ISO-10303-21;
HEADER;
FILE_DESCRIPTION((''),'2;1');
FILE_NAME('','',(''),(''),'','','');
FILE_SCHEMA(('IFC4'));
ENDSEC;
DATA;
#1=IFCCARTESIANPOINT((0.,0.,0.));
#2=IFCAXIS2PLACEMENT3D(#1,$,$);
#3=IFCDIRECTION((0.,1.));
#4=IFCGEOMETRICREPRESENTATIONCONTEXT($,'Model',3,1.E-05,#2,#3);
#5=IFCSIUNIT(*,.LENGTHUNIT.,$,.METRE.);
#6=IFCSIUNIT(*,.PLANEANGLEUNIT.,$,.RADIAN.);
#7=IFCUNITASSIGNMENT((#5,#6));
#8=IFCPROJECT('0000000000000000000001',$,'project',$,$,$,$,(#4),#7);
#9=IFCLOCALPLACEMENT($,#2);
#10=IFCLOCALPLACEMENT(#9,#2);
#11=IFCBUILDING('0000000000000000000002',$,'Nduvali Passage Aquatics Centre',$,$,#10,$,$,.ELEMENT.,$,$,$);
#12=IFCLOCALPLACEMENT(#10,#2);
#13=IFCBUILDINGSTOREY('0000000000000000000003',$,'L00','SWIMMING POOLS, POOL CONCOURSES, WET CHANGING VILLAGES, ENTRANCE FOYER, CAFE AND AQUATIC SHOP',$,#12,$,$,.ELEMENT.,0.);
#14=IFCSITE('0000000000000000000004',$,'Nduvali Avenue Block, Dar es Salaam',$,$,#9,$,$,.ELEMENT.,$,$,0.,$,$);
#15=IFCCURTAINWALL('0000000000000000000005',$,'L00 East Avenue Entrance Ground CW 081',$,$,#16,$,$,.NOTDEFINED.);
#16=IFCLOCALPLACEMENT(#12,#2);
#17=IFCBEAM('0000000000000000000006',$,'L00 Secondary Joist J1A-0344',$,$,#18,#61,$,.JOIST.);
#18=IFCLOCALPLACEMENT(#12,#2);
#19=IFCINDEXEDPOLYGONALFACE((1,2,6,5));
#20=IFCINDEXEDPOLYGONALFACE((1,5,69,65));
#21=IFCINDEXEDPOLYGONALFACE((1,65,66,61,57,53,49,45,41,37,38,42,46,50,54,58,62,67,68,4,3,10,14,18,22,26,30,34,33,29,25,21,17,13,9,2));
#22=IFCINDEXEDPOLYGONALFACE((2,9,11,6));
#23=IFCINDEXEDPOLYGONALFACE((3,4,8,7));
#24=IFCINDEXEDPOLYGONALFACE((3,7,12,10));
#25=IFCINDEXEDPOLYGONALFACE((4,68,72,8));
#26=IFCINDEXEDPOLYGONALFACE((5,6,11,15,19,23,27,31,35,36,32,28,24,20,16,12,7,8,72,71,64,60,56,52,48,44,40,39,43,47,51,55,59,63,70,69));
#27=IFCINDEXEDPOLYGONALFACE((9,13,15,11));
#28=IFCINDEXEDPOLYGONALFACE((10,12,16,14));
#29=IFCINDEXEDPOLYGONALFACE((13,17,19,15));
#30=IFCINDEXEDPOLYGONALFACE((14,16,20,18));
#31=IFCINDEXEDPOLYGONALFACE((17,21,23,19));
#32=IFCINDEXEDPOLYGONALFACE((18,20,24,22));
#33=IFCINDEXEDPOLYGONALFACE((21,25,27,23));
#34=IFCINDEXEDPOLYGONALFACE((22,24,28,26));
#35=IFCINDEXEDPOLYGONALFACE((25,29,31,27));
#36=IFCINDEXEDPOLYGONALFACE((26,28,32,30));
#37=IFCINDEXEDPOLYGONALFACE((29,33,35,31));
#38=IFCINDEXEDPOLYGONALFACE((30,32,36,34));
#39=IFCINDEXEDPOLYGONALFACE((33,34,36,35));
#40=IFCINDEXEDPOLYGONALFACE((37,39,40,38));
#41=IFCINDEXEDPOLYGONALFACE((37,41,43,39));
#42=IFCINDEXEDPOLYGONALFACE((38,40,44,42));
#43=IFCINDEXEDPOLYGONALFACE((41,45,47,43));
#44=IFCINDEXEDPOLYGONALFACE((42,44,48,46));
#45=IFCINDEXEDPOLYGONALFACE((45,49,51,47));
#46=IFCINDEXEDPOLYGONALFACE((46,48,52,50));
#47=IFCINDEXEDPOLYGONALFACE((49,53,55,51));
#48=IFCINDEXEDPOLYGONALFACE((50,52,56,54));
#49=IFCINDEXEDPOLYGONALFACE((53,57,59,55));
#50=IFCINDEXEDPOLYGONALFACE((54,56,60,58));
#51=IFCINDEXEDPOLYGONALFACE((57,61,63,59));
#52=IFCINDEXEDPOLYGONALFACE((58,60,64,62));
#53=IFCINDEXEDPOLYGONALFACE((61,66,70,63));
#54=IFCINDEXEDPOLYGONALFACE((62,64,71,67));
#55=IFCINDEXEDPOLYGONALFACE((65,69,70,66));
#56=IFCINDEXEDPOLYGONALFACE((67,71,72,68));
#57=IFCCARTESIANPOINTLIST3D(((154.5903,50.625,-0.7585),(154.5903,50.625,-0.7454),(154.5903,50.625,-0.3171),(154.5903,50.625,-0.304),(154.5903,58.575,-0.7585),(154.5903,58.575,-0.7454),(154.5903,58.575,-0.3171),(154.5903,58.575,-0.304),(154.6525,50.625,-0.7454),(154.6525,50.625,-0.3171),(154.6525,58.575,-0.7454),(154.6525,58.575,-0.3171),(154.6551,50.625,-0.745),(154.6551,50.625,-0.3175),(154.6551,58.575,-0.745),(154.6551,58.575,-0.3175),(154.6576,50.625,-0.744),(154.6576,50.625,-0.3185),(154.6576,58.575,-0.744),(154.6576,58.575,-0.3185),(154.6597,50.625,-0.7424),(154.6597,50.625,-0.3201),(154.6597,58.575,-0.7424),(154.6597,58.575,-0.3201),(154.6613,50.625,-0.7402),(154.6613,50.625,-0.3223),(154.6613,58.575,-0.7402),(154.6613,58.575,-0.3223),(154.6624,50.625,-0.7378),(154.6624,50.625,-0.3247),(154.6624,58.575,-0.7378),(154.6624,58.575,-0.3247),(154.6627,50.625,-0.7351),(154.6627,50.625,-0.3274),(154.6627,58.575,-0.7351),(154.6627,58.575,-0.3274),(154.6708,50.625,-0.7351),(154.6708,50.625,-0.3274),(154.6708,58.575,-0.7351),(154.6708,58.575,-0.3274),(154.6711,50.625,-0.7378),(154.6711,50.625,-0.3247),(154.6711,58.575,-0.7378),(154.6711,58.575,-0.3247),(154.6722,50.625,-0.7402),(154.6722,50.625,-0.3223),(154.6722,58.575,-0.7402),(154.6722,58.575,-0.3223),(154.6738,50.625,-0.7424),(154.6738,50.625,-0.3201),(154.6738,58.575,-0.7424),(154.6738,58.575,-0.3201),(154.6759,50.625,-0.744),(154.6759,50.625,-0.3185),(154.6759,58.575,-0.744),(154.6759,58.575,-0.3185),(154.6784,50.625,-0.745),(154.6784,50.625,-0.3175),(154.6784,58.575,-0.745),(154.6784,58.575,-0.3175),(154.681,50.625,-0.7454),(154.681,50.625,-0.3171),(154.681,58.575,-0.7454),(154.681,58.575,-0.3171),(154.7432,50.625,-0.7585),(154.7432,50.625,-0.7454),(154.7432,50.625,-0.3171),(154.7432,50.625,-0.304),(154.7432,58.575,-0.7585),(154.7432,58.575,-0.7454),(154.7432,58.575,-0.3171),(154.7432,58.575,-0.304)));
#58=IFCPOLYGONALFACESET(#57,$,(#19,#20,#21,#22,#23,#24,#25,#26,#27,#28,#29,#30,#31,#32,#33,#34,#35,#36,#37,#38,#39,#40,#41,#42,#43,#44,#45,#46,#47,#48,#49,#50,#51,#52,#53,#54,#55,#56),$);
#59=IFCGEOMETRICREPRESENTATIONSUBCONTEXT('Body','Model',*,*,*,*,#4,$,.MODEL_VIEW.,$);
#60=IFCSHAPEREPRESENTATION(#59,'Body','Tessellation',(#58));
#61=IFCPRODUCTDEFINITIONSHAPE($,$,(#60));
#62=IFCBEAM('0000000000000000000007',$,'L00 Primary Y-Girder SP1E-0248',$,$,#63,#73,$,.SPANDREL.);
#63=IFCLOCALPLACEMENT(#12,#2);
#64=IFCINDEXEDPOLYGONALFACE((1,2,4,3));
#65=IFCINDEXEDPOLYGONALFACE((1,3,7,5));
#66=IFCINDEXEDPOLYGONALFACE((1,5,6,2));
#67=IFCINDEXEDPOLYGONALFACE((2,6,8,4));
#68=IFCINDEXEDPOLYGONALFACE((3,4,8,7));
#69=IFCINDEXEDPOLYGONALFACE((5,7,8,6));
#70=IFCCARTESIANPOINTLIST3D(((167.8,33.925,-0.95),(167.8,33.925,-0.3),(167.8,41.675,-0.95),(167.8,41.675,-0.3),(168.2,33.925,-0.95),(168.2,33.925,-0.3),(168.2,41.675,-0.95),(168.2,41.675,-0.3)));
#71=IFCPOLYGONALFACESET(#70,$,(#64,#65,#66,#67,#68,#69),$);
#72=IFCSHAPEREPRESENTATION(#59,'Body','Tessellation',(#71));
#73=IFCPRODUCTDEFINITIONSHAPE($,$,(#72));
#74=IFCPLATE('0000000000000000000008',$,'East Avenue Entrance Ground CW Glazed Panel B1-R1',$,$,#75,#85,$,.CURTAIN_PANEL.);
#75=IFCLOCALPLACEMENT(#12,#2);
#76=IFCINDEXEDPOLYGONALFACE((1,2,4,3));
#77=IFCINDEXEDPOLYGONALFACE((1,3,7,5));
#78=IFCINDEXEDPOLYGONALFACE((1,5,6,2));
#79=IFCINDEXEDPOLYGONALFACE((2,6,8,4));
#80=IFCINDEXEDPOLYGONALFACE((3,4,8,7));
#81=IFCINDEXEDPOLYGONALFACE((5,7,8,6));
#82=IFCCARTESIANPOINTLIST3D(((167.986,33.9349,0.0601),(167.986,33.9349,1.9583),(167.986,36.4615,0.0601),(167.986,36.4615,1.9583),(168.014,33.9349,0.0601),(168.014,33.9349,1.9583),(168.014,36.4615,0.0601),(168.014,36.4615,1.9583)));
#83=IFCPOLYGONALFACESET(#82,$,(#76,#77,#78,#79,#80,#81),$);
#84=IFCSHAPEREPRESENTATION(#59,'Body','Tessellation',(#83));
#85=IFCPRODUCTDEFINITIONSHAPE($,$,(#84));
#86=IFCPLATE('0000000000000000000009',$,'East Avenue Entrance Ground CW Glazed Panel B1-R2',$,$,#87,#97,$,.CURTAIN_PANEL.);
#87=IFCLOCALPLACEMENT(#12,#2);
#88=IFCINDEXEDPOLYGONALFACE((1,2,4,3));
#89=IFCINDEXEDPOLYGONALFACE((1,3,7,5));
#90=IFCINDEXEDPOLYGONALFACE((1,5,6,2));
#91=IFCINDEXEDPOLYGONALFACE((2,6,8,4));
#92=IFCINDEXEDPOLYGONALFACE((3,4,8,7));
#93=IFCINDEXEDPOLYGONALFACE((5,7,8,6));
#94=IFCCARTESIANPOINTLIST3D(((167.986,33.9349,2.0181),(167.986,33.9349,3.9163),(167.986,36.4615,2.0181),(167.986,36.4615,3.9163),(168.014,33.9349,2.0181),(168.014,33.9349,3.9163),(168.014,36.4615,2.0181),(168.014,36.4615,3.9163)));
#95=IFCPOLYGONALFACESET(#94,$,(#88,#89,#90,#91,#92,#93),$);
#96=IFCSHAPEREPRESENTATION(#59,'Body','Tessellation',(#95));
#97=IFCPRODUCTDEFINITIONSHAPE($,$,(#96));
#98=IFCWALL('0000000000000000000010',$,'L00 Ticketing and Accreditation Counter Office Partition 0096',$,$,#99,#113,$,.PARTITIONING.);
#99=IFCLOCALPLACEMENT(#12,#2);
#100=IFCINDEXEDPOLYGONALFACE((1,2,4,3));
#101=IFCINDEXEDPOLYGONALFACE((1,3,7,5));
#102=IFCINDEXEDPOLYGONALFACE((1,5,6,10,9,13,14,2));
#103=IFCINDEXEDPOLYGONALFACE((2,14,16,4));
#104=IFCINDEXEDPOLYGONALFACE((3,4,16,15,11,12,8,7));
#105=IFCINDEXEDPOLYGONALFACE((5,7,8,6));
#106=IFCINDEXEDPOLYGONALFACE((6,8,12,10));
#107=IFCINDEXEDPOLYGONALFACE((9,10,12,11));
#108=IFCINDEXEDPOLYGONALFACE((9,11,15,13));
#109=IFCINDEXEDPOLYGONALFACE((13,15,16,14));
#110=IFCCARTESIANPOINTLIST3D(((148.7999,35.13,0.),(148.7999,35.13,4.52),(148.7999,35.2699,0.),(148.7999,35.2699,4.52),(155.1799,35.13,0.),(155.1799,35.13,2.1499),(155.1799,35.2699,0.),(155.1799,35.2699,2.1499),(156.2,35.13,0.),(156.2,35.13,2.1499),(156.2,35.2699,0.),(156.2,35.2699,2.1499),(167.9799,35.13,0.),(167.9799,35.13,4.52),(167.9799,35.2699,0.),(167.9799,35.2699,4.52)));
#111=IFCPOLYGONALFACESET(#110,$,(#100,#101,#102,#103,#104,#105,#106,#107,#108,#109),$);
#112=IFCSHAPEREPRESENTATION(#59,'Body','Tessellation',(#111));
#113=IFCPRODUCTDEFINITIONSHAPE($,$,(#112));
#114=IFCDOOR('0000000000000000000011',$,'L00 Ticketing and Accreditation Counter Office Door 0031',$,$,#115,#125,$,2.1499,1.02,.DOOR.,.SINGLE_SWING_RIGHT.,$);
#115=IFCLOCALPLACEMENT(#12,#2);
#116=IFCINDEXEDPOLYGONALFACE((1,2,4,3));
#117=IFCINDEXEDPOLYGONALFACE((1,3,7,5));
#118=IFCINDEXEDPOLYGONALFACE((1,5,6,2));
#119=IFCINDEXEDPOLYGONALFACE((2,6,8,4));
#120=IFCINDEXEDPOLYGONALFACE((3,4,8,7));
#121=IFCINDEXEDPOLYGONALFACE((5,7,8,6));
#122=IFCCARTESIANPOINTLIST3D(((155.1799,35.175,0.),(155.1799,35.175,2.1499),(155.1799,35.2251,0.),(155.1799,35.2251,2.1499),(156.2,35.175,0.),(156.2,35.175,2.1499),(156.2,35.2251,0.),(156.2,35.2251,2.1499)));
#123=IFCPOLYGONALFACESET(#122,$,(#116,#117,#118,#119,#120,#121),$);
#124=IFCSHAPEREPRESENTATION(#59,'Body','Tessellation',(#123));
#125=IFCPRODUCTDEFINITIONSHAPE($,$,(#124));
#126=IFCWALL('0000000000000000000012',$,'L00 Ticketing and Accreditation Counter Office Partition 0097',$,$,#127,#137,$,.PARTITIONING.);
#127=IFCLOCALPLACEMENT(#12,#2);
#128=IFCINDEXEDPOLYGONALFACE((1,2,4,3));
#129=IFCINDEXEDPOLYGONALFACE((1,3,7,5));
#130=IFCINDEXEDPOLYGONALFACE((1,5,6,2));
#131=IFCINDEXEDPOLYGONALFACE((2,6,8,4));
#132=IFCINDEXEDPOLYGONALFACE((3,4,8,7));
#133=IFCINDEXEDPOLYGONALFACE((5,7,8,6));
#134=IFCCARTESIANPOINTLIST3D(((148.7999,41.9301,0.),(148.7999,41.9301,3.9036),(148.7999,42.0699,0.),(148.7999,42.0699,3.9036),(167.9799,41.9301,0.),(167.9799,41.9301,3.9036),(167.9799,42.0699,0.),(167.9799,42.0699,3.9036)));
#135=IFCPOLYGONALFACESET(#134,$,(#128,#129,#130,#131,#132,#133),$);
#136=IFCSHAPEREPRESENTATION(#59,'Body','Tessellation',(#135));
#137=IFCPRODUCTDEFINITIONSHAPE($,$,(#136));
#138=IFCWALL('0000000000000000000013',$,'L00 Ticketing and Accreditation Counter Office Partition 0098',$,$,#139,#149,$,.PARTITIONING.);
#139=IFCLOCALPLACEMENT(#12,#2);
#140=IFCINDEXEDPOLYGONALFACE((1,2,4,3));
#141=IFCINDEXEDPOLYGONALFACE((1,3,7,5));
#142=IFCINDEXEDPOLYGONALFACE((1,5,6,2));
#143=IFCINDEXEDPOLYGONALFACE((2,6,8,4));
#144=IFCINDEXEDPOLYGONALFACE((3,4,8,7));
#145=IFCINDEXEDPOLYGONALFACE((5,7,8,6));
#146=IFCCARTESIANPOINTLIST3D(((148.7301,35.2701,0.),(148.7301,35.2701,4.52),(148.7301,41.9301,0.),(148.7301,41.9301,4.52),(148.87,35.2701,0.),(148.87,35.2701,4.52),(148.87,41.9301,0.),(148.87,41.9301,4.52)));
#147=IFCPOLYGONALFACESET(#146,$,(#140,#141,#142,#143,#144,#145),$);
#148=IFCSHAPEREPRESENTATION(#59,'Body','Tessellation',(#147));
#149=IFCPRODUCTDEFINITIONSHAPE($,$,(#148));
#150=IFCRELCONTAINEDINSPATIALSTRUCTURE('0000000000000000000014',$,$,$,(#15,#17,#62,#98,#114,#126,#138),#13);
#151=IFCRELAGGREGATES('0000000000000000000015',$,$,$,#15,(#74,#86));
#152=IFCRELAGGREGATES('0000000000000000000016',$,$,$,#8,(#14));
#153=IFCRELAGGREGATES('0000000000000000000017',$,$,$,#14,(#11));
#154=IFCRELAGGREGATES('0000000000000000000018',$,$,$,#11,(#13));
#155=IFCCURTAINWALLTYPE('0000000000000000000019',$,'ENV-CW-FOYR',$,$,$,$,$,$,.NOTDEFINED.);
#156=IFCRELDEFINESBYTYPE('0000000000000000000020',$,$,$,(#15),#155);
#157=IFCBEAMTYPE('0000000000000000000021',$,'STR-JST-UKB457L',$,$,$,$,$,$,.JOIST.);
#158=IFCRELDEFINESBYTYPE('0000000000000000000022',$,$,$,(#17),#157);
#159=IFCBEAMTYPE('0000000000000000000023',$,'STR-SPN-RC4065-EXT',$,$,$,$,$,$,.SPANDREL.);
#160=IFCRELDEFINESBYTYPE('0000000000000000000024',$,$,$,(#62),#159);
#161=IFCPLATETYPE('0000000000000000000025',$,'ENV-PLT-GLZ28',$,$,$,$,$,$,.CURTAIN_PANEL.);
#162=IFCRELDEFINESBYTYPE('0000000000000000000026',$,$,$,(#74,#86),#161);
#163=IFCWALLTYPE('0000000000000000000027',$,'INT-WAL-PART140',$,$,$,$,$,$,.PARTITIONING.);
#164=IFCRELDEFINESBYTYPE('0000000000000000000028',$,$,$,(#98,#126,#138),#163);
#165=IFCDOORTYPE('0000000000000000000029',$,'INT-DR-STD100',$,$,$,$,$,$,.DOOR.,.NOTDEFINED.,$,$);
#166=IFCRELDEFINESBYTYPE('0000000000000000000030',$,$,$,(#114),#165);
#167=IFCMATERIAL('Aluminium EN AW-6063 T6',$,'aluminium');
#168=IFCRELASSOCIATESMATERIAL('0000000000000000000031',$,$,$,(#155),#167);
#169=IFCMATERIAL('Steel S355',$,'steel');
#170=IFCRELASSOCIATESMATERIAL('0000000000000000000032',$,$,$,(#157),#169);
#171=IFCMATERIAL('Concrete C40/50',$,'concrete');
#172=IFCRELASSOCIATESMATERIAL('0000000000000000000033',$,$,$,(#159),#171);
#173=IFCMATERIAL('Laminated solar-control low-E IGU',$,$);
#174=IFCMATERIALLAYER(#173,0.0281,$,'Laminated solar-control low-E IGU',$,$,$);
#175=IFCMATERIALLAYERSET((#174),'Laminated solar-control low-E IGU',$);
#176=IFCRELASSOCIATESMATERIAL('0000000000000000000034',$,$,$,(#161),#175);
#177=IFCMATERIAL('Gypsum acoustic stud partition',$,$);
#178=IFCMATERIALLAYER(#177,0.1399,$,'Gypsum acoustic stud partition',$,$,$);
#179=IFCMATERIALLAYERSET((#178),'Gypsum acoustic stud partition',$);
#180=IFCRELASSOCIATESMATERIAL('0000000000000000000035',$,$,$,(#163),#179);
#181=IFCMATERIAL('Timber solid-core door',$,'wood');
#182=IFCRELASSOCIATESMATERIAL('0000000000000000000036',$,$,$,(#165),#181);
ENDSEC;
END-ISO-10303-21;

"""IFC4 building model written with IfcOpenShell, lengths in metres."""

from ifc_helpers import new_model, si_unit, direction, frame, frame_2d, origin, origin_2d, place, context, subcontext, project, spatial, rectangle, i_section, extrude, material, layer, layer_set, material_profile, profile_set, type_object, element, fill, aggregate, save


model = new_model("IFC4")

# Units and contexts
model_context = context("Model", 3, precision=1e-05, world=origin(), true_north=direction((0.0, 1.0)))
body_context = subcontext(model_context, "Body", "Model", "MODEL_VIEW")
ifc_project = project(units=[si_unit("LENGTHUNIT", "METRE"), si_unit("PLANEANGLEUNIT", "RADIAN")], contexts=[model_context])

# Site, building, storey
site_placement = place(None, origin())
site = spatial("IfcSite", under=ifc_project, at=site_placement, Name="Nduvali Avenue Block, Dar es Salaam", CompositionType="ELEMENT", RefElevation=0.0)
building_placement = place(site_placement, origin())
building = spatial("IfcBuilding", under=site, at=building_placement, Name="Nduvali Passage Aquatics Centre", CompositionType="ELEMENT")
storey_placement = place(building_placement, origin())
storey = spatial("IfcBuildingStorey", under=building, at=storey_placement, Name="L00", Description="SWIMMING POOLS, POOL CONCOURSES, WET CHANGING VILLAGES, ENTRANCE FOYER, CAFE AND AQUATIC SHOP", CompositionType="ELEMENT", Elevation=0.0)

# Shared definitions
ifc_material_1 = material(Name="Concrete C40/50", Category="concrete")

# Curtain wall
ifc_material_2 = material(Name="Aluminium EN AW-6063 T6", Category="aluminium")
curtain_wall_type = type_object("IfcCurtainWallType", Name="ENV-CW-FOYR", PredefinedType="NOTDEFINED", material=ifc_material_2)
curtain_wall_placement = place(storey_placement, origin())
curtain_wall = element("IfcCurtainWall", 1, at=curtain_wall_placement, inside=storey, type_object=curtain_wall_type, Name="L00 East Avenue Entrance Ground CW 081", PredefinedType="NOTDEFINED")

# Beams
ifc_material_3 = material(Name="Steel S355", Category="steel")
ifc_material_profile_1 = material_profile(ifc_material_3, i_section(OverallWidth=0.1528, OverallDepth=0.4546, WebThickness=0.0081, FlangeThickness=0.0132, FilletRadius=0.0103, at=origin_2d()), Name="UKB 457x152x60")
ifc_profile_set_1 = profile_set([ifc_material_profile_1], Name="Steel S355")
beam_type_1 = type_object("IfcBeamType", Name="STR-JST-UKB457L", PredefinedType="JOIST", material=ifc_profile_set_1)
for number, where, z_axis, x_axis, name in (
    (2, (154.6667, 50.625, -0.5312), (0.0, 1.0, 0.0), (-1.0, 0.0, 0.0), "L00 Secondary Joist J1A-0344"),
):
    element("IfcBeam", number, at=place(storey_placement, frame(where, z_axis=z_axis, x_axis=x_axis)), inside=storey, type_object=beam_type_1, Name=name, PredefinedType="JOIST", context=body_context, shape_type="SweptSolid", body=[
        extrude(i_section(OverallWidth=0.1528, OverallDepth=0.4546, WebThickness=0.0081, FlangeThickness=0.0132, FilletRadius=0.0103, at=origin_2d()), origin(), (0.0, 0.0, 1.0), 7.95),
    ])
ifc_material_profile_2 = material_profile(ifc_material_1, rectangle(XDim=0.3999, YDim=0.6499, at=origin_2d()), Name="RC 400x650")
ifc_profile_set_2 = profile_set([ifc_material_profile_2], Name="Concrete C40/50")
beam_type_2 = type_object("IfcBeamType", Name="STR-SPN-RC4065-EXT", PredefinedType="SPANDREL", material=ifc_profile_set_2)
beam_placement = place(storey_placement, frame((168.0, 33.925, -0.625), z_axis=(0.0, 1.0, 0.0), x_axis=(-1.0, 0.0, 0.0)))
element("IfcBeam", 3, at=beam_placement, inside=storey, type_object=beam_type_2, Name="L00 Primary Y-Girder SP1E-0248", PredefinedType="SPANDREL", context=body_context, shape_type="SweptSolid", body=[
    extrude(rectangle(XDim=0.3999, YDim=0.6499, at=origin_2d()), origin(), (0.0, 0.0, 1.0), 7.75),
])

# Plates
ifc_material_4 = material(Name="Laminated solar-control low-E IGU")
ifc_layer_1 = layer(ifc_material_4, 0.0281, Name="Laminated solar-control low-E IGU")
ifc_layer_set_1 = layer_set([ifc_layer_1], Name="Laminated solar-control low-E IGU")
plate_type = type_object("IfcPlateType", Name="ENV-PLT-GLZ28", PredefinedType="CURTAIN_PANEL", material=ifc_layer_set_1)
plate_1_placement = place(storey_placement, frame((168.0, 35.1982, 0.0601), z_axis=(0.0, 0.0, 1.0), x_axis=(0.0, 1.0, 0.0)))
plate_1 = element("IfcPlate", 4, at=plate_1_placement, type_object=plate_type, Name="East Avenue Entrance Ground CW Glazed Panel B1-R1", PredefinedType="CURTAIN_PANEL", context=body_context, shape_type="SweptSolid", body=[
    extrude(rectangle(XDim=2.5266, YDim=0.0281, at=origin_2d()), origin(), (0.0, 0.0, 1.0), 1.8982),
])
plate_2_placement = place(storey_placement, frame((168.0, 35.1982, 2.0181), z_axis=(0.0, 0.0, 1.0), x_axis=(0.0, 1.0, 0.0)))
plate_2 = element("IfcPlate", 5, at=plate_2_placement, type_object=plate_type, Name="East Avenue Entrance Ground CW Glazed Panel B1-R2", PredefinedType="CURTAIN_PANEL", context=body_context, shape_type="SweptSolid", body=[
    extrude(rectangle(XDim=2.5266, YDim=0.0281, at=origin_2d()), origin(), (0.0, 0.0, 1.0), 1.8982),
])
aggregate(curtain_wall, [plate_1, plate_2])

# Wall, opening, door
ifc_material_5 = material(Name="Gypsum acoustic stud partition")
ifc_layer_2 = layer(ifc_material_5, 0.1399, Name="Gypsum acoustic stud partition")
ifc_layer_set_2 = layer_set([ifc_layer_2], Name="Gypsum acoustic stud partition")
wall_type = type_object("IfcWallType", Name="INT-WAL-PART140", PredefinedType="PARTITIONING", material=ifc_layer_set_2)
wall_1_placement = place(storey_placement, frame((148.8, 35.2, 0.0), z_axis=(0.0, 0.0, 1.0), x_axis=(1.0, 0.0, 0.0)))
wall_1 = element("IfcWall", 6, at=wall_1_placement, inside=storey, type_object=wall_type, Name="L00 Ticketing and Accreditation Counter Office Partition 0096", PredefinedType="PARTITIONING", context=body_context, shape_type="SweptSolid", body=[
    extrude(rectangle(XDim=19.1799, YDim=0.1399, at=frame_2d((9.5898, 0.0))), origin(), (0.0, 0.0, 1.0), 4.52),
])
opening_placement = place(wall_1_placement, frame((6.3799, 0.0, 0.0)))
opening = element("IfcOpeningElement", 7, at=opening_placement, cuts=wall_1, PredefinedType="OPENING", context=body_context, shape_type="SweptSolid", body=[
    extrude(rectangle(XDim=1.02, YDim=2.1499, at=frame_2d((0.51, 1.075))), frame((0.0, 0.085, 0.0), z_axis=(0.0, -1.0, 0.0), x_axis=(1.0, 0.0, 0.0)), (0.0, 0.0, 1.0), 0.1697),
])
ifc_material_6 = material(Name="Timber solid-core door", Category="wood")
door_type = type_object("IfcDoorType", Name="INT-DR-STD100", OperationType="NOTDEFINED", PredefinedType="DOOR", material=ifc_material_6)
door_placement = place(opening_placement, frame((1.02, 0.0, 0.0), z_axis=(0.0, 0.0, 1.0), x_axis=(-1.0, 0.0, 0.0)))
door = element("IfcDoor", 8, at=door_placement, inside=storey, type_object=door_type, Name="L00 Ticketing and Accreditation Counter Office Door 0031", OperationType="SINGLE_SWING_RIGHT", OverallHeight=2.1499, OverallWidth=1.02, PredefinedType="DOOR", context=body_context, shape_type="SweptSolid", body=[
    extrude(rectangle(XDim=1.02, YDim=2.1499, at=frame_2d((0.51, 1.075))), frame((0.0, 0.0249, 0.0), z_axis=(0.0, -1.0, 0.0), x_axis=(1.0, 0.0, 0.0)), (0.0, 0.0, 1.0), 0.05),
])
fill(opening, door)

# Walls
wall_2_placement = place(storey_placement, frame((148.8, 42.0, 0.0), z_axis=(0.0, 0.0, 1.0), x_axis=(1.0, 0.0, 0.0)))
element("IfcWall", 9, at=wall_2_placement, inside=storey, type_object=wall_type, Name="L00 Ticketing and Accreditation Counter Office Partition 0097", PredefinedType="PARTITIONING", context=body_context, shape_type="SweptSolid", body=[
    extrude(rectangle(XDim=19.1799, YDim=0.1399, at=frame_2d((9.5898, 0.0))), origin(), (0.0, 0.0, 1.0), 3.9036),
])
wall_3_placement = place(storey_placement, frame((148.8, 35.27, 0.0), z_axis=(0.0, 0.0, 1.0), x_axis=(0.0, 1.0, 0.0)))
element("IfcWall", 10, at=wall_3_placement, inside=storey, type_object=wall_type, Name="L00 Ticketing and Accreditation Counter Office Partition 0098", PredefinedType="PARTITIONING", context=body_context, shape_type="SweptSolid", body=[
    extrude(rectangle(XDim=6.6599, YDim=0.1399, at=frame_2d((3.3301, 0.0))), origin(), (0.0, 0.0, 1.0), 4.52),
])

save(model, "model.ifc")
